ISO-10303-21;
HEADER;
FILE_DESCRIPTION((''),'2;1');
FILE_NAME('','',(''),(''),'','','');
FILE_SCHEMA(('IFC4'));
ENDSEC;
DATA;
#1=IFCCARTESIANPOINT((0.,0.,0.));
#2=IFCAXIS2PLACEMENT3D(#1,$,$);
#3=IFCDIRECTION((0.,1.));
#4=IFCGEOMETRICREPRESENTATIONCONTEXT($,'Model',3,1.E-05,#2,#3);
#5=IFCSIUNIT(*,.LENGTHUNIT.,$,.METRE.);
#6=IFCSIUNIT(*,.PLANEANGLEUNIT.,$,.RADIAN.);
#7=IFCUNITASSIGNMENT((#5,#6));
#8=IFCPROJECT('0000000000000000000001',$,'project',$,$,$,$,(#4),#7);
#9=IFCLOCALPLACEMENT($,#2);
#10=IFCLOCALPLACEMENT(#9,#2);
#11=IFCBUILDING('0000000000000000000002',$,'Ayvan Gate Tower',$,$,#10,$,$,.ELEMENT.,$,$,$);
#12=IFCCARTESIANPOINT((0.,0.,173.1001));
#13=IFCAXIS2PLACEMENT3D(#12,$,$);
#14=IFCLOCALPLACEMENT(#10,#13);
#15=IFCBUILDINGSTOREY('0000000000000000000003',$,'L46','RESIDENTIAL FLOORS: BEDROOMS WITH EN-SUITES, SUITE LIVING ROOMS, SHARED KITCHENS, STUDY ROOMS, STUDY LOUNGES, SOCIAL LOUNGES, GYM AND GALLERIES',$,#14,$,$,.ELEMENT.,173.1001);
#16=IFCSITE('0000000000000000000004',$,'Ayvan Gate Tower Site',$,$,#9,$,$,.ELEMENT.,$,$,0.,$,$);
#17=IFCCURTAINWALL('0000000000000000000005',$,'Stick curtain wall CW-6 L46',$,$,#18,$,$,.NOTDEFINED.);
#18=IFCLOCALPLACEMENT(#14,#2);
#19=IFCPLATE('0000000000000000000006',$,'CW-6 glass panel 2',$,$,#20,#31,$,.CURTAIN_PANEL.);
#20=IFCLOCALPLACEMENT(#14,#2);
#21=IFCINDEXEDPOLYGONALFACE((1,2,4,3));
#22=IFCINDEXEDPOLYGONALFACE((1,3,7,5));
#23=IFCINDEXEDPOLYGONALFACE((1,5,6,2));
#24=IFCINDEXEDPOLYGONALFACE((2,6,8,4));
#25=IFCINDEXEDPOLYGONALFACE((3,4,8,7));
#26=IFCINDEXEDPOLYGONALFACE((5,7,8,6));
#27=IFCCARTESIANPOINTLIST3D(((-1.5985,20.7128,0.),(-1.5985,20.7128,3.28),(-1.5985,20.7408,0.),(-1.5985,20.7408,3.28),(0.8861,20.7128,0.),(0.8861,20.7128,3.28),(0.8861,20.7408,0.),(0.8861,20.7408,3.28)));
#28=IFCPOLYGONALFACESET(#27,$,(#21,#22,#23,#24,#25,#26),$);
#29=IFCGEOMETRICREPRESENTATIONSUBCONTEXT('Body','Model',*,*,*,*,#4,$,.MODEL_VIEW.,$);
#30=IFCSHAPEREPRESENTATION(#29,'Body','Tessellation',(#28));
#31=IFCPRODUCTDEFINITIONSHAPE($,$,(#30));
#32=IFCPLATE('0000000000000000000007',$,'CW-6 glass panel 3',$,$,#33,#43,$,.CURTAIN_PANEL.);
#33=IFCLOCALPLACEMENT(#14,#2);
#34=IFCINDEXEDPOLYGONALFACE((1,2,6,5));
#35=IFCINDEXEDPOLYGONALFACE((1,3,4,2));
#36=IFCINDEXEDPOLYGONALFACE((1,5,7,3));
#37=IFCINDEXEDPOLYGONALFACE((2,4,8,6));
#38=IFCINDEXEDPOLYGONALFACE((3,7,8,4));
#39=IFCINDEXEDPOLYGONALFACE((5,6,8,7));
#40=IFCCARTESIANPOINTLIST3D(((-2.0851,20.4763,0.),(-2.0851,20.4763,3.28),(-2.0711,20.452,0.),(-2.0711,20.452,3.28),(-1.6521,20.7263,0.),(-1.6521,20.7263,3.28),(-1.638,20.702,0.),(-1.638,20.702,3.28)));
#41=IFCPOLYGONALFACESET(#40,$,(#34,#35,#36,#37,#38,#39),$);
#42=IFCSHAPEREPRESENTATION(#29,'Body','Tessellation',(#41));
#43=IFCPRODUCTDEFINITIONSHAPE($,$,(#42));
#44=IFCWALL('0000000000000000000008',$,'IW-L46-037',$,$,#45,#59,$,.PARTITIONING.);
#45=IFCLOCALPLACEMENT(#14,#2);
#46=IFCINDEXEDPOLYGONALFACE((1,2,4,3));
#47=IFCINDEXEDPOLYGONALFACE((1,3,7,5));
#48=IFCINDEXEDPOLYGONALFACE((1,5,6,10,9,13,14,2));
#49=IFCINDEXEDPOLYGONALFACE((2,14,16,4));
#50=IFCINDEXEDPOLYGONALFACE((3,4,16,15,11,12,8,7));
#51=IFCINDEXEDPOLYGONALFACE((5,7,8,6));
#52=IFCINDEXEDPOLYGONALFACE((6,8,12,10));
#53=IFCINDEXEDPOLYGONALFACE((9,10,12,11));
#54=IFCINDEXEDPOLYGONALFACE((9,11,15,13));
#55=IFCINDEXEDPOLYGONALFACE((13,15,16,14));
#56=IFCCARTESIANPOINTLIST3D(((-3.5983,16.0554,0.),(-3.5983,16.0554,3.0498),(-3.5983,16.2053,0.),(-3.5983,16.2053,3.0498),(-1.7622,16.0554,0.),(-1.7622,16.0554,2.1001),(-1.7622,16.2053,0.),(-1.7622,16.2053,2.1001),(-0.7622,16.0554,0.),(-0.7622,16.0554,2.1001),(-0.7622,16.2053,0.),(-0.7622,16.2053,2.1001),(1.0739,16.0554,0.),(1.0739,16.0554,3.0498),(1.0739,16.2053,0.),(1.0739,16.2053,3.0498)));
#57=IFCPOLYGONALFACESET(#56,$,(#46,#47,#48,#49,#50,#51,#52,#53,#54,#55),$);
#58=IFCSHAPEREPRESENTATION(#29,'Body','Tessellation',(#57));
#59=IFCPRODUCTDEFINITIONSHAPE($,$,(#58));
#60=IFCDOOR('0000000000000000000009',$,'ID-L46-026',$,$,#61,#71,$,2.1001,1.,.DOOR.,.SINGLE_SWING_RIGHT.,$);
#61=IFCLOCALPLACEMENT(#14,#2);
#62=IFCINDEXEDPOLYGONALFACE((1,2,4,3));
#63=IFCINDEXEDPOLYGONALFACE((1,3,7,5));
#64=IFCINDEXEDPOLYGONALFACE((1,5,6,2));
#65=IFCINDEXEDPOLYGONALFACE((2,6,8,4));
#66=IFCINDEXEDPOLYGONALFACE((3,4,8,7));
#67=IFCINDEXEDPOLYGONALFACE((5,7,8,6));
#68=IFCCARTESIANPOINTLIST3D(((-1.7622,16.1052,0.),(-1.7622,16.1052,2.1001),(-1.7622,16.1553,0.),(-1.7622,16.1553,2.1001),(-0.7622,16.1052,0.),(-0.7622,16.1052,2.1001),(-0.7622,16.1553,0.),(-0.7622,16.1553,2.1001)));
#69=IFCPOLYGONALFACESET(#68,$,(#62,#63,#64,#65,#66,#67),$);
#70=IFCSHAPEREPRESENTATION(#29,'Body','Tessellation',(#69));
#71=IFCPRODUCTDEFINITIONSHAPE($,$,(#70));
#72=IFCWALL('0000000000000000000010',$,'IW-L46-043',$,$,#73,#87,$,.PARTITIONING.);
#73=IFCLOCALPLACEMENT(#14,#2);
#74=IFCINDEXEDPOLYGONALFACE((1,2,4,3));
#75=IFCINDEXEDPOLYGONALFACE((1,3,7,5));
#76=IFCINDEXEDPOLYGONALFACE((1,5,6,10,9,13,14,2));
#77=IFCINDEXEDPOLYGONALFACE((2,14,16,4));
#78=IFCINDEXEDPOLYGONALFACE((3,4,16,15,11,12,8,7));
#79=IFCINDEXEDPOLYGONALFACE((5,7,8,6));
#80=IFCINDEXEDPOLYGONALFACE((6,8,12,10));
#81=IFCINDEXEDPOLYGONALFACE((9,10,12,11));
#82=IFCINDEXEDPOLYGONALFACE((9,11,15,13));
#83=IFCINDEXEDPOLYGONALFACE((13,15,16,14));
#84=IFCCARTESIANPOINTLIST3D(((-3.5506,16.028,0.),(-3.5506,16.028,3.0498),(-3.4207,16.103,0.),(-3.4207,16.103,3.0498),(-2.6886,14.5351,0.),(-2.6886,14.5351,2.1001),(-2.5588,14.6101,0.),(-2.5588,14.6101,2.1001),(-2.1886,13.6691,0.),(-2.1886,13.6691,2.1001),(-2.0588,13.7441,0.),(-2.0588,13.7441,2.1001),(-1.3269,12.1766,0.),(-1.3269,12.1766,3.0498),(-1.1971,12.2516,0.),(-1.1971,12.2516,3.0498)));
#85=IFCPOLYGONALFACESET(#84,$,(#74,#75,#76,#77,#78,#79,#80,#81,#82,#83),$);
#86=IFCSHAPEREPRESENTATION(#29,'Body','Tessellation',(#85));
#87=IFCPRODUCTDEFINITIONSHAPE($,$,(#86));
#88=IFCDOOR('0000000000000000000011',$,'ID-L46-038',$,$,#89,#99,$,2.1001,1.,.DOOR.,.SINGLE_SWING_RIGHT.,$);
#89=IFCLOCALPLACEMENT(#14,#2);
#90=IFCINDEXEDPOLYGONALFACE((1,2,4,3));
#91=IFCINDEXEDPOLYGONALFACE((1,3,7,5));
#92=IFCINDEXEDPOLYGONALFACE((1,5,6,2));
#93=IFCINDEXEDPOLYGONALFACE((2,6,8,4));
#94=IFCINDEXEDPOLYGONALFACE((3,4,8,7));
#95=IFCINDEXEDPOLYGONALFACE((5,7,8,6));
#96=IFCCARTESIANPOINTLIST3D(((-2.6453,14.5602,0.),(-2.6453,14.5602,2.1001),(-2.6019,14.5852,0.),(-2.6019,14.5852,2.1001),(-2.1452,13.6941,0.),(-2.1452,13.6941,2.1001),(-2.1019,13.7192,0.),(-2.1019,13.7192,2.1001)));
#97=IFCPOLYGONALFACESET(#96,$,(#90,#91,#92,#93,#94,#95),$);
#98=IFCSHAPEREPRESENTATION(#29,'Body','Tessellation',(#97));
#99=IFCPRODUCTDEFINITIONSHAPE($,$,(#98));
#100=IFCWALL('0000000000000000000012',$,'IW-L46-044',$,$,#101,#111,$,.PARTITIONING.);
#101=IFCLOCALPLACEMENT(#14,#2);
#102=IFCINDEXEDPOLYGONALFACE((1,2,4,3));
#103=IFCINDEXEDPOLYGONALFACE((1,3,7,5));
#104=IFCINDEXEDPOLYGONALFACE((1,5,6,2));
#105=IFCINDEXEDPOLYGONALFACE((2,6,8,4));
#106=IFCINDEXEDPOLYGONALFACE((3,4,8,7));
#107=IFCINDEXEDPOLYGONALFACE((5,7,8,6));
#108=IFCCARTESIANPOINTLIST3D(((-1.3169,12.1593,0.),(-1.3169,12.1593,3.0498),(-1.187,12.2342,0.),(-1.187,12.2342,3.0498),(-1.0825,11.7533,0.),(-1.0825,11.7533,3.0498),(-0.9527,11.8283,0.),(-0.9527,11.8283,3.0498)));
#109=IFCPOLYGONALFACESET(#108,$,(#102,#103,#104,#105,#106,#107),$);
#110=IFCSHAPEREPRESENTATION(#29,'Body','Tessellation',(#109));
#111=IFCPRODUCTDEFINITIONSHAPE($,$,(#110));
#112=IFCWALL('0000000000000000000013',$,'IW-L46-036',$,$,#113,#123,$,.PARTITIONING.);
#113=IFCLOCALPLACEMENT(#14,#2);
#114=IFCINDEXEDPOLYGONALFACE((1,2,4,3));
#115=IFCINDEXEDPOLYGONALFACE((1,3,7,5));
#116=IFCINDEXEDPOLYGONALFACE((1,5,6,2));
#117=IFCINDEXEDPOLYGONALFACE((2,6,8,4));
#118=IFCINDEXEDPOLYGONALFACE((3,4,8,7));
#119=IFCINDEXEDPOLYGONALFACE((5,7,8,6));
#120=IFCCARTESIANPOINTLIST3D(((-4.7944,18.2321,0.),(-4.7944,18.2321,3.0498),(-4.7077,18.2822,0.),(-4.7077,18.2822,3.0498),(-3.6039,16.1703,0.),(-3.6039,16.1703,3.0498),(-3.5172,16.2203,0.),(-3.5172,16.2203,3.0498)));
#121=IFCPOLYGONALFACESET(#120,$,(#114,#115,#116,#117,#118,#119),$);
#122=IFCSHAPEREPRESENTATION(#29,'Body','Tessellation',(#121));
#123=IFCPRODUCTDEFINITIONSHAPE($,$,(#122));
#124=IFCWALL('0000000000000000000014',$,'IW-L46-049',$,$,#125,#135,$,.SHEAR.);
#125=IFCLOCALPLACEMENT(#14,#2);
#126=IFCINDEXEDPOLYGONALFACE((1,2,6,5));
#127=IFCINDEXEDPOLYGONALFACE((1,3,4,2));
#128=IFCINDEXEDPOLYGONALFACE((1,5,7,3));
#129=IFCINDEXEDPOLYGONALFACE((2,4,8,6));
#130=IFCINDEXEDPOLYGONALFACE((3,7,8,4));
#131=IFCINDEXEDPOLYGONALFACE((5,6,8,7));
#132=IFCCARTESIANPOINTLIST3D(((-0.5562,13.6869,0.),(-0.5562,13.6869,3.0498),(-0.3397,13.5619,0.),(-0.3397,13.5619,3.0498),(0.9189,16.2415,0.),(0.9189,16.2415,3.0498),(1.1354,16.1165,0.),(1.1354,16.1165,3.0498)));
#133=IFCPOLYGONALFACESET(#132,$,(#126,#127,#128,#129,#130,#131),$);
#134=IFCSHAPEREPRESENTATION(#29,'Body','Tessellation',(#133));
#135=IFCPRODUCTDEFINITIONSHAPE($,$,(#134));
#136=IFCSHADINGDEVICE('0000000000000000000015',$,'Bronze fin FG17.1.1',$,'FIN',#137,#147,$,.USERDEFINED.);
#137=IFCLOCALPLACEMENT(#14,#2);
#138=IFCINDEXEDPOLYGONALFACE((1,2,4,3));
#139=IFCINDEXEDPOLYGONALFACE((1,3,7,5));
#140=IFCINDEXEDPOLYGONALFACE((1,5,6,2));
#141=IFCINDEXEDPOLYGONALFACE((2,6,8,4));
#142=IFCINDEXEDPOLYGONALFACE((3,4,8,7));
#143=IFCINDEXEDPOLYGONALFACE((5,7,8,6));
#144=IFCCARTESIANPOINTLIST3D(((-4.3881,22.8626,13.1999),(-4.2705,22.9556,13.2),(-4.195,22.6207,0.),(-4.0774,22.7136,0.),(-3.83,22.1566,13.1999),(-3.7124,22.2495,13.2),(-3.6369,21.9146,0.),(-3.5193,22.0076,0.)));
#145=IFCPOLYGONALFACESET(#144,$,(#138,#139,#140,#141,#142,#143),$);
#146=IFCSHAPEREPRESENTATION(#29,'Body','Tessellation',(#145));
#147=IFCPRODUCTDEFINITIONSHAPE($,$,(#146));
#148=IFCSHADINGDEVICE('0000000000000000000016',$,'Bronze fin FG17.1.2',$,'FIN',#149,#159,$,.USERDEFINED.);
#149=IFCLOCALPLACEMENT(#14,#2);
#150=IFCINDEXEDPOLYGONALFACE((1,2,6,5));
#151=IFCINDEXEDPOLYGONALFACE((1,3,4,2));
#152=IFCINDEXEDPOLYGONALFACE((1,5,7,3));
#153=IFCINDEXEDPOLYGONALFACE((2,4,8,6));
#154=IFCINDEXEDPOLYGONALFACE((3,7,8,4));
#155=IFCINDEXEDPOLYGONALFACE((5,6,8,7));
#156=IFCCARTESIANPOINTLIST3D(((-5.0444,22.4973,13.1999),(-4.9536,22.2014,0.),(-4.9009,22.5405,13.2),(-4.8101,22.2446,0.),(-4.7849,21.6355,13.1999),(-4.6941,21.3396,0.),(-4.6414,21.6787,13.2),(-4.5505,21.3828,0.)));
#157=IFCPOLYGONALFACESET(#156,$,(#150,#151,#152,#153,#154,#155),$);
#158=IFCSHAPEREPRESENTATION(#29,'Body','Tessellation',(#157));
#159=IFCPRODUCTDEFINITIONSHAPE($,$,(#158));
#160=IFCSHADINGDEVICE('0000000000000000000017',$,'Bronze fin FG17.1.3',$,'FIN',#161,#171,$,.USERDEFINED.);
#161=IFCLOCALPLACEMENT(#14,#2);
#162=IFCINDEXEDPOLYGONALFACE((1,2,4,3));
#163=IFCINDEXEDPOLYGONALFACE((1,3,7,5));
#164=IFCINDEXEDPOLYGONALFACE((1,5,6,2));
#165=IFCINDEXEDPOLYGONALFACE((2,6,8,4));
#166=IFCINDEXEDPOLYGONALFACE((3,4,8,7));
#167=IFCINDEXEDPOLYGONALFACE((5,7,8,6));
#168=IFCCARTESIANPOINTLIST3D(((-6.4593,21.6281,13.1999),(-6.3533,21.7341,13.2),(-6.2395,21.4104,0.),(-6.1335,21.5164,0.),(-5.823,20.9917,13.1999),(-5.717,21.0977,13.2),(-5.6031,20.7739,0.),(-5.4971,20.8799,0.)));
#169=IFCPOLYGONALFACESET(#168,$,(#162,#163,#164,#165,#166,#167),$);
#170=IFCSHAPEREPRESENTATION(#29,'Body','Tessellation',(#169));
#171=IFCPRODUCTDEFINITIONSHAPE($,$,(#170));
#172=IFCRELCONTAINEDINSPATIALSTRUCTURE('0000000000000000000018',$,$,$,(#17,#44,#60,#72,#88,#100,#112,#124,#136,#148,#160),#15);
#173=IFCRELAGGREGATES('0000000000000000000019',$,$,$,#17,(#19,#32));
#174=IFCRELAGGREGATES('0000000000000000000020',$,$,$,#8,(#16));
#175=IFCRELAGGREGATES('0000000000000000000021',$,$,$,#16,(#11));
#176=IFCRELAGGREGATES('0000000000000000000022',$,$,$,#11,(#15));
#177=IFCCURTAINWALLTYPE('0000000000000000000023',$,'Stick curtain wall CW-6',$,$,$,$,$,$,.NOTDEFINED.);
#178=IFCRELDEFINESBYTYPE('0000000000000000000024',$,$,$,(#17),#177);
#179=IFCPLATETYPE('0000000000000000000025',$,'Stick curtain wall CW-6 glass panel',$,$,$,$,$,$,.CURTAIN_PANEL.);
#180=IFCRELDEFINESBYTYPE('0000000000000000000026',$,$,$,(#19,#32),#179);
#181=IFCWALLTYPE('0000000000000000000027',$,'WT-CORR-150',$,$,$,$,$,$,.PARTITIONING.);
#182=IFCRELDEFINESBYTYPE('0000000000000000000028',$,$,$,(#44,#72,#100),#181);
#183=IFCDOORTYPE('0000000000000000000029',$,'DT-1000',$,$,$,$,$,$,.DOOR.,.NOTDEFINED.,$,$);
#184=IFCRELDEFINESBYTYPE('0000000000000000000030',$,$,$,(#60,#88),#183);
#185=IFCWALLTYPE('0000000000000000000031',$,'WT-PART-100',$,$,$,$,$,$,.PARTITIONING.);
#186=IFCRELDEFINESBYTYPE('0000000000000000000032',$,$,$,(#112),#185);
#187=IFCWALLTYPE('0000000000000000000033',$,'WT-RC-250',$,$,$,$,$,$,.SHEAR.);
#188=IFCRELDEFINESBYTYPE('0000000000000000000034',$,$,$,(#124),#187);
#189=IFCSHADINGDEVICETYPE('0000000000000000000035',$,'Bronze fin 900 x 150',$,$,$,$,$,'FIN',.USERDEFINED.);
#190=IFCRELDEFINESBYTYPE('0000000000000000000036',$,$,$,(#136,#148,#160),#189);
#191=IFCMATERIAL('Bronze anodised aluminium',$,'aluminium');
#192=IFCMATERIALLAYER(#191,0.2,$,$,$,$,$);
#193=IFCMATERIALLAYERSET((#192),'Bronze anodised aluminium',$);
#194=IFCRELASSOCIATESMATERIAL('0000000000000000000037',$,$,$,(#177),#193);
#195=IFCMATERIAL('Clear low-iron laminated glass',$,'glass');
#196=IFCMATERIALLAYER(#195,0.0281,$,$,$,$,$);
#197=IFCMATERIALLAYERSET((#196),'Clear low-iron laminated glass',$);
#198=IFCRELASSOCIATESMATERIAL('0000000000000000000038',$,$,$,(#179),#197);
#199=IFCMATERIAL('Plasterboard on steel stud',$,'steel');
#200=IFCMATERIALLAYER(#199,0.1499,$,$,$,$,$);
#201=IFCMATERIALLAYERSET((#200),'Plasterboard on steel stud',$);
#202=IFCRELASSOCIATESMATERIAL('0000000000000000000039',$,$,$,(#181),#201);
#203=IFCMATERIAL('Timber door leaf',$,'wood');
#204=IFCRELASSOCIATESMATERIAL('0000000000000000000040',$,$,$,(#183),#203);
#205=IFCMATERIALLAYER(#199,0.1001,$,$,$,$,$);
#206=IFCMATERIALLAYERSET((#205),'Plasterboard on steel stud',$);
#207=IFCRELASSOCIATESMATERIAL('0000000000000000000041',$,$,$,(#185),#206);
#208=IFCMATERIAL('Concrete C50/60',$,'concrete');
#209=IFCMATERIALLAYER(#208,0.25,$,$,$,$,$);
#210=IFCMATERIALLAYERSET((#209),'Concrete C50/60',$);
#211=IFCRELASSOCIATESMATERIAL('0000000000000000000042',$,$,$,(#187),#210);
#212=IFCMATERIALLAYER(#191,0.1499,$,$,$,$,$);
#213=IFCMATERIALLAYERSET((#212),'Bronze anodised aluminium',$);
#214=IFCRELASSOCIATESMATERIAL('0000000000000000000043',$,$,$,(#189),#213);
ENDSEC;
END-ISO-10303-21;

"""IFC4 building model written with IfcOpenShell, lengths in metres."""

from ifc_helpers import new_model, si_unit, direction, frame, frame_2d, origin, origin_2d, place, context, subcontext, project, spatial, polyline, rectangle, outline, extrude, material, layer, layer_set, type_object, element, fill, aggregate, save


model = new_model("IFC4")

# Units and contexts
model_context = context("Model", 3, precision=1e-05, world=origin(), true_north=direction((0.0, 1.0)))
body_context = subcontext(model_context, "Body", "Model", "MODEL_VIEW")
ifc_project = project(units=[si_unit("LENGTHUNIT", "METRE"), si_unit("PLANEANGLEUNIT", "RADIAN")], contexts=[model_context])

# Site, building, storey
site_placement = place(None, origin())
site = spatial("IfcSite", under=ifc_project, at=site_placement, Name="Ayvan Gate Tower Site", CompositionType="ELEMENT", RefElevation=0.0)
building_placement = place(site_placement, origin())
building = spatial("IfcBuilding", under=site, at=building_placement, Name="Ayvan Gate Tower", CompositionType="ELEMENT")
storey_placement = place(building_placement, frame((0.0, 0.0, 173.1001)))
storey = spatial("IfcBuildingStorey", under=building, at=storey_placement, Name="L46", Description="RESIDENTIAL FLOORS: BEDROOMS WITH EN-SUITES, SUITE LIVING ROOMS, SHARED KITCHENS, STUDY ROOMS, STUDY LOUNGES, SOCIAL LOUNGES, GYM AND GALLERIES", CompositionType="ELEMENT", Elevation=173.1001)

# Curtain wall
ifc_material_1 = material(Name="Bronze anodised aluminium", Category="aluminium")
ifc_layer_1 = layer(ifc_material_1, 0.2)
ifc_layer_set_1 = layer_set([ifc_layer_1], Name="Bronze anodised aluminium")
curtain_wall_type_1 = type_object("IfcCurtainWallType", Name="Stick curtain wall CW-6", PredefinedType="NOTDEFINED", material=ifc_layer_set_1)
curtain_wall_1_placement = place(storey_placement, origin())
curtain_wall_1 = element("IfcCurtainWall", 1, at=curtain_wall_1_placement, inside=storey, type_object=curtain_wall_type_1, Name="Stick curtain wall CW-6 L46", PredefinedType="NOTDEFINED")

# Plates
ifc_material_2 = material(Name="Clear low-iron laminated glass", Category="glass")
ifc_layer_2 = layer(ifc_material_2, 0.0281)
ifc_layer_set_2 = layer_set([ifc_layer_2], Name="Clear low-iron laminated glass")
plate_type_1 = type_object("IfcPlateType", Name="Stick curtain wall CW-6 glass panel", PredefinedType="CURTAIN_PANEL", material=ifc_layer_set_2)
plate_1_placement = place(storey_placement, frame((-0.3562, 20.7268, 0.0), z_axis=(0.0, 0.0, 1.0), x_axis=(-1.0, 0.0, 0.0)))
plate_1 = element("IfcPlate", 2, at=plate_1_placement, type_object=plate_type_1, Name="CW-6 glass panel 2", PredefinedType="CURTAIN_PANEL", context=body_context, shape_type="SweptSolid", body=[
    extrude(rectangle(XDim=2.4846, YDim=0.0281, at=origin_2d()), origin(), (0.0, 0.0, 1.0), 3.28),
])
plate_2_placement = place(storey_placement, frame((-1.8616, 20.5891, 0.0), z_axis=(0.0, 0.0, 1.0), x_axis=(-0.866025, -0.5, 0.0)))
plate_2 = element("IfcPlate", 3, at=plate_2_placement, type_object=plate_type_1, Name="CW-6 glass panel 3", PredefinedType="CURTAIN_PANEL", context=body_context, shape_type="SweptSolid", body=[
    extrude(rectangle(XDim=0.5, YDim=0.0281, at=origin_2d()), origin(), (0.0, 0.0, 1.0), 3.28),
])
aggregate(curtain_wall_1, [plate_1, plate_2])

# Walls, openings, doors
ifc_material_3 = material(Name="Plasterboard on steel stud", Category="steel")
ifc_layer_3 = layer(ifc_material_3, 0.1499)
ifc_layer_set_3 = layer_set([ifc_layer_3], Name="Plasterboard on steel stud")
wall_type_1 = type_object("IfcWallType", Name="WT-CORR-150", PredefinedType="PARTITIONING", material=ifc_layer_set_3)
wall_1_placement = place(storey_placement, frame((-3.5981, 16.1304, 0.0), z_axis=(0.0, 0.0, 1.0), x_axis=(1.0, 0.0, 0.0)))
wall_1 = element("IfcWall", 4, at=wall_1_placement, inside=storey, type_object=wall_type_1, Name="IW-L46-037", PredefinedType="PARTITIONING", context=body_context, shape_type="SweptSolid", body=[
    extrude(rectangle(XDim=4.6721, YDim=0.1499, at=frame_2d((2.3359, 0.0))), origin(), (0.0, 0.0, 1.0), 3.0498),
])
opening_1_placement = place(wall_1_placement, frame((1.8359, 0.0, 0.0)))
opening_1 = element("IfcOpeningElement", 5, at=opening_1_placement, cuts=wall_1, PredefinedType="OPENING", context=body_context, shape_type="SweptSolid", body=[
    extrude(rectangle(XDim=1.0, YDim=2.1001, at=frame_2d((0.5, 1.05))), frame((0.0, 0.085, 0.0), z_axis=(0.0, -1.0, 0.0), x_axis=(1.0, 0.0, 0.0)), (0.0, 0.0, 1.0), 0.1699),
])
ifc_material_4 = material(Name="Timber door leaf", Category="wood")
door_type = type_object("IfcDoorType", Name="DT-1000", OperationType="NOTDEFINED", PredefinedType="DOOR", material=ifc_material_4)
door_1_placement = place(opening_1_placement, origin())
door_1 = element("IfcDoor", 6, at=door_1_placement, inside=storey, type_object=door_type, Name="ID-L46-026", OperationType="SINGLE_SWING_RIGHT", OverallHeight=2.1001, OverallWidth=1.0, PredefinedType="DOOR", context=body_context, shape_type="SweptSolid", body=[
    extrude(rectangle(XDim=1.0, YDim=2.1001, at=frame_2d((0.5, 1.05))), frame((0.0, 0.0249, 0.0), z_axis=(0.0, -1.0, 0.0), x_axis=(1.0, 0.0, 0.0)), (0.0, 0.0, 1.0), 0.05),
])
fill(opening_1, door_1)
wall_2_placement = place(storey_placement, frame((-1.262, 12.2141, 0.0), z_axis=(0.0, 0.0, 1.0), x_axis=(-0.500012, 0.866018, 0.0)))
wall_2 = element("IfcWall", 7, at=wall_2_placement, inside=storey, type_object=wall_type_1, Name="IW-L46-043", PredefinedType="PARTITIONING", context=body_context, shape_type="SweptSolid", body=[
    extrude(rectangle(XDim=4.4473, YDim=0.1499, at=frame_2d((2.2236, 0.0))), origin(), (0.0, 0.0, 1.0), 3.0498),
])
opening_2_placement = place(wall_2_placement, frame((1.7234, 0.0, 0.0)))
opening_2 = element("IfcOpeningElement", 8, at=opening_2_placement, cuts=wall_2, PredefinedType="OPENING", context=body_context, shape_type="SweptSolid", body=[
    extrude(rectangle(XDim=1.0, YDim=2.1001, at=frame_2d((0.5, 1.05))), frame((0.0, 0.085, 0.0), z_axis=(0.0, -1.0, 0.0), x_axis=(1.0, 0.0, 0.0)), (0.0, 0.0, 1.0), 0.1699),
])
door_2_placement = place(opening_2_placement, origin())
door_2 = element("IfcDoor", 9, at=door_2_placement, inside=storey, type_object=door_type, Name="ID-L46-038", OperationType="SINGLE_SWING_RIGHT", OverallHeight=2.1001, OverallWidth=1.0, PredefinedType="DOOR", context=body_context, shape_type="SweptSolid", body=[
    extrude(rectangle(XDim=1.0, YDim=2.1001, at=frame_2d((0.5, 1.05))), frame((0.0, 0.0249, 0.0), z_axis=(0.0, -1.0, 0.0), x_axis=(1.0, 0.0, 0.0)), (0.0, 0.0, 1.0), 0.05),
])
fill(opening_2, door_2)

# Walls
wall_3_placement = place(storey_placement, frame((-1.252, 12.1968, 0.0), z_axis=(0.0, 0.0, 1.0), x_axis=(0.499948, -0.866056, 0.0)))
element("IfcWall", 10, at=wall_3_placement, inside=storey, type_object=wall_type_1, Name="IW-L46-044", PredefinedType="PARTITIONING", context=body_context, shape_type="SweptSolid", body=[
    extrude(rectangle(XDim=0.4688, YDim=0.1499, at=frame_2d((0.2344, 0.0))), origin(), (0.0, 0.0, 1.0), 3.0498),
])
ifc_layer_4 = layer(ifc_material_3, 0.1001)
ifc_layer_set_4 = layer_set([ifc_layer_4], Name="Plasterboard on steel stud")
wall_type_2 = type_object("IfcWallType", Name="WT-PART-100", PredefinedType="PARTITIONING", material=ifc_layer_set_4)
wall_4_placement = place(storey_placement, frame((-3.5605, 16.1953, 0.0), z_axis=(0.0, 0.0, 1.0), x_axis=(-0.500021, 0.866013, 0.0)))
element("IfcWall", 11, at=wall_4_placement, inside=storey, type_object=wall_type_2, Name="IW-L46-036", PredefinedType="PARTITIONING", context=body_context, shape_type="SweptSolid", body=[
    extrude(rectangle(XDim=2.3809, YDim=0.1001, at=frame_2d((1.1904, 0.0))), origin(), (0.0, 0.0, 1.0), 3.0498),
])
ifc_material_5 = material(Name="Concrete C50/60", Category="concrete")
ifc_layer_5 = layer(ifc_material_5, 0.25)
ifc_layer_set_5 = layer_set([ifc_layer_5], Name="Concrete C50/60")
wall_type_3 = type_object("IfcWallType", Name="WT-RC-250", PredefinedType="SHEAR", material=ifc_layer_set_5)
wall_5_placement = place(storey_placement, frame((-0.448, 13.6243, 0.0), z_axis=(0.0, 0.0, 1.0), x_axis=(0.500038, 0.866004, 0.0)))
element("IfcWall", 12, at=wall_5_placement, inside=storey, type_object=wall_type_3, Name="IW-L46-049", PredefinedType="SHEAR", context=body_context, shape_type="SweptSolid", body=[
    extrude(rectangle(XDim=2.95, YDim=0.25, at=frame_2d((1.4751, 0.0))), origin(), (0.0, 0.0, 1.0), 3.0498),
])

# Shading devices
ifc_layer_6 = layer(ifc_material_1, 0.1499)
ifc_layer_set_6 = layer_set([ifc_layer_6], Name="Bronze anodised aluminium")
shading_device_type = type_object("IfcShadingDeviceType", Name="Bronze fin 900 x 150", ElementType="FIN", PredefinedType="USERDEFINED", material=ifc_layer_set_6)
shading_device_1_placement = place(storey_placement, frame((-3.5193, 22.0076, 0.0), z_axis=(0.784508, 0.620119, 0.000111), x_axis=(-0.620119, 0.784508, 0.0)))
element("IfcShadingDevice", 13, at=shading_device_1_placement, inside=storey, type_object=shading_device_type, Name="Bronze fin FG17.1.1", ObjectType="FIN", PredefinedType="USERDEFINED", context=body_context, shape_type="SweptSolid", body=[
    extrude(outline(polyline([(0.0, 0.0), (0.9, 0.0), (1.2096, 13.2), (0.3096, 13.2), (0.0, 0.0)])), origin(), (0.0, 0.0, -1.0), 0.1499),
])
shading_device_2_placement = place(storey_placement, frame((-4.5505, 21.3828, 0.0), z_axis=(0.957527, 0.288343, 0.000124), x_axis=(-0.288343, 0.957527, 0.0)))
element("IfcShadingDevice", 14, at=shading_device_2_placement, inside=storey, type_object=shading_device_type, Name="Bronze fin FG17.1.2", ObjectType="FIN", PredefinedType="USERDEFINED", context=body_context, shape_type="SweptSolid", body=[
    extrude(outline(polyline([(0.0, 0.0), (0.9, 0.0), (1.2096, 13.2), (0.3095, 13.2), (0.0, 0.0)])), origin(), (0.0, 0.0, -1.0), 0.1499),
])
shading_device_3_placement = place(storey_placement, frame((-5.4971, 20.8799, 0.0), z_axis=(0.707175, 0.707039, 0.000113), x_axis=(-0.707039, 0.707175, 0.0)))
element("IfcShadingDevice", 15, at=shading_device_3_placement, inside=storey, type_object=shading_device_type, Name="Bronze fin FG17.1.3", ObjectType="FIN", PredefinedType="USERDEFINED", context=body_context, shape_type="SweptSolid", body=[
    extrude(outline(polyline([(0.0, 0.0), (0.9001, 0.0), (1.2095, 13.2), (0.3095, 13.2), (0.0, 0.0)])), origin(), (0.0, 0.0, -1.0), 0.1499),
])

save(model, "model.ifc")
